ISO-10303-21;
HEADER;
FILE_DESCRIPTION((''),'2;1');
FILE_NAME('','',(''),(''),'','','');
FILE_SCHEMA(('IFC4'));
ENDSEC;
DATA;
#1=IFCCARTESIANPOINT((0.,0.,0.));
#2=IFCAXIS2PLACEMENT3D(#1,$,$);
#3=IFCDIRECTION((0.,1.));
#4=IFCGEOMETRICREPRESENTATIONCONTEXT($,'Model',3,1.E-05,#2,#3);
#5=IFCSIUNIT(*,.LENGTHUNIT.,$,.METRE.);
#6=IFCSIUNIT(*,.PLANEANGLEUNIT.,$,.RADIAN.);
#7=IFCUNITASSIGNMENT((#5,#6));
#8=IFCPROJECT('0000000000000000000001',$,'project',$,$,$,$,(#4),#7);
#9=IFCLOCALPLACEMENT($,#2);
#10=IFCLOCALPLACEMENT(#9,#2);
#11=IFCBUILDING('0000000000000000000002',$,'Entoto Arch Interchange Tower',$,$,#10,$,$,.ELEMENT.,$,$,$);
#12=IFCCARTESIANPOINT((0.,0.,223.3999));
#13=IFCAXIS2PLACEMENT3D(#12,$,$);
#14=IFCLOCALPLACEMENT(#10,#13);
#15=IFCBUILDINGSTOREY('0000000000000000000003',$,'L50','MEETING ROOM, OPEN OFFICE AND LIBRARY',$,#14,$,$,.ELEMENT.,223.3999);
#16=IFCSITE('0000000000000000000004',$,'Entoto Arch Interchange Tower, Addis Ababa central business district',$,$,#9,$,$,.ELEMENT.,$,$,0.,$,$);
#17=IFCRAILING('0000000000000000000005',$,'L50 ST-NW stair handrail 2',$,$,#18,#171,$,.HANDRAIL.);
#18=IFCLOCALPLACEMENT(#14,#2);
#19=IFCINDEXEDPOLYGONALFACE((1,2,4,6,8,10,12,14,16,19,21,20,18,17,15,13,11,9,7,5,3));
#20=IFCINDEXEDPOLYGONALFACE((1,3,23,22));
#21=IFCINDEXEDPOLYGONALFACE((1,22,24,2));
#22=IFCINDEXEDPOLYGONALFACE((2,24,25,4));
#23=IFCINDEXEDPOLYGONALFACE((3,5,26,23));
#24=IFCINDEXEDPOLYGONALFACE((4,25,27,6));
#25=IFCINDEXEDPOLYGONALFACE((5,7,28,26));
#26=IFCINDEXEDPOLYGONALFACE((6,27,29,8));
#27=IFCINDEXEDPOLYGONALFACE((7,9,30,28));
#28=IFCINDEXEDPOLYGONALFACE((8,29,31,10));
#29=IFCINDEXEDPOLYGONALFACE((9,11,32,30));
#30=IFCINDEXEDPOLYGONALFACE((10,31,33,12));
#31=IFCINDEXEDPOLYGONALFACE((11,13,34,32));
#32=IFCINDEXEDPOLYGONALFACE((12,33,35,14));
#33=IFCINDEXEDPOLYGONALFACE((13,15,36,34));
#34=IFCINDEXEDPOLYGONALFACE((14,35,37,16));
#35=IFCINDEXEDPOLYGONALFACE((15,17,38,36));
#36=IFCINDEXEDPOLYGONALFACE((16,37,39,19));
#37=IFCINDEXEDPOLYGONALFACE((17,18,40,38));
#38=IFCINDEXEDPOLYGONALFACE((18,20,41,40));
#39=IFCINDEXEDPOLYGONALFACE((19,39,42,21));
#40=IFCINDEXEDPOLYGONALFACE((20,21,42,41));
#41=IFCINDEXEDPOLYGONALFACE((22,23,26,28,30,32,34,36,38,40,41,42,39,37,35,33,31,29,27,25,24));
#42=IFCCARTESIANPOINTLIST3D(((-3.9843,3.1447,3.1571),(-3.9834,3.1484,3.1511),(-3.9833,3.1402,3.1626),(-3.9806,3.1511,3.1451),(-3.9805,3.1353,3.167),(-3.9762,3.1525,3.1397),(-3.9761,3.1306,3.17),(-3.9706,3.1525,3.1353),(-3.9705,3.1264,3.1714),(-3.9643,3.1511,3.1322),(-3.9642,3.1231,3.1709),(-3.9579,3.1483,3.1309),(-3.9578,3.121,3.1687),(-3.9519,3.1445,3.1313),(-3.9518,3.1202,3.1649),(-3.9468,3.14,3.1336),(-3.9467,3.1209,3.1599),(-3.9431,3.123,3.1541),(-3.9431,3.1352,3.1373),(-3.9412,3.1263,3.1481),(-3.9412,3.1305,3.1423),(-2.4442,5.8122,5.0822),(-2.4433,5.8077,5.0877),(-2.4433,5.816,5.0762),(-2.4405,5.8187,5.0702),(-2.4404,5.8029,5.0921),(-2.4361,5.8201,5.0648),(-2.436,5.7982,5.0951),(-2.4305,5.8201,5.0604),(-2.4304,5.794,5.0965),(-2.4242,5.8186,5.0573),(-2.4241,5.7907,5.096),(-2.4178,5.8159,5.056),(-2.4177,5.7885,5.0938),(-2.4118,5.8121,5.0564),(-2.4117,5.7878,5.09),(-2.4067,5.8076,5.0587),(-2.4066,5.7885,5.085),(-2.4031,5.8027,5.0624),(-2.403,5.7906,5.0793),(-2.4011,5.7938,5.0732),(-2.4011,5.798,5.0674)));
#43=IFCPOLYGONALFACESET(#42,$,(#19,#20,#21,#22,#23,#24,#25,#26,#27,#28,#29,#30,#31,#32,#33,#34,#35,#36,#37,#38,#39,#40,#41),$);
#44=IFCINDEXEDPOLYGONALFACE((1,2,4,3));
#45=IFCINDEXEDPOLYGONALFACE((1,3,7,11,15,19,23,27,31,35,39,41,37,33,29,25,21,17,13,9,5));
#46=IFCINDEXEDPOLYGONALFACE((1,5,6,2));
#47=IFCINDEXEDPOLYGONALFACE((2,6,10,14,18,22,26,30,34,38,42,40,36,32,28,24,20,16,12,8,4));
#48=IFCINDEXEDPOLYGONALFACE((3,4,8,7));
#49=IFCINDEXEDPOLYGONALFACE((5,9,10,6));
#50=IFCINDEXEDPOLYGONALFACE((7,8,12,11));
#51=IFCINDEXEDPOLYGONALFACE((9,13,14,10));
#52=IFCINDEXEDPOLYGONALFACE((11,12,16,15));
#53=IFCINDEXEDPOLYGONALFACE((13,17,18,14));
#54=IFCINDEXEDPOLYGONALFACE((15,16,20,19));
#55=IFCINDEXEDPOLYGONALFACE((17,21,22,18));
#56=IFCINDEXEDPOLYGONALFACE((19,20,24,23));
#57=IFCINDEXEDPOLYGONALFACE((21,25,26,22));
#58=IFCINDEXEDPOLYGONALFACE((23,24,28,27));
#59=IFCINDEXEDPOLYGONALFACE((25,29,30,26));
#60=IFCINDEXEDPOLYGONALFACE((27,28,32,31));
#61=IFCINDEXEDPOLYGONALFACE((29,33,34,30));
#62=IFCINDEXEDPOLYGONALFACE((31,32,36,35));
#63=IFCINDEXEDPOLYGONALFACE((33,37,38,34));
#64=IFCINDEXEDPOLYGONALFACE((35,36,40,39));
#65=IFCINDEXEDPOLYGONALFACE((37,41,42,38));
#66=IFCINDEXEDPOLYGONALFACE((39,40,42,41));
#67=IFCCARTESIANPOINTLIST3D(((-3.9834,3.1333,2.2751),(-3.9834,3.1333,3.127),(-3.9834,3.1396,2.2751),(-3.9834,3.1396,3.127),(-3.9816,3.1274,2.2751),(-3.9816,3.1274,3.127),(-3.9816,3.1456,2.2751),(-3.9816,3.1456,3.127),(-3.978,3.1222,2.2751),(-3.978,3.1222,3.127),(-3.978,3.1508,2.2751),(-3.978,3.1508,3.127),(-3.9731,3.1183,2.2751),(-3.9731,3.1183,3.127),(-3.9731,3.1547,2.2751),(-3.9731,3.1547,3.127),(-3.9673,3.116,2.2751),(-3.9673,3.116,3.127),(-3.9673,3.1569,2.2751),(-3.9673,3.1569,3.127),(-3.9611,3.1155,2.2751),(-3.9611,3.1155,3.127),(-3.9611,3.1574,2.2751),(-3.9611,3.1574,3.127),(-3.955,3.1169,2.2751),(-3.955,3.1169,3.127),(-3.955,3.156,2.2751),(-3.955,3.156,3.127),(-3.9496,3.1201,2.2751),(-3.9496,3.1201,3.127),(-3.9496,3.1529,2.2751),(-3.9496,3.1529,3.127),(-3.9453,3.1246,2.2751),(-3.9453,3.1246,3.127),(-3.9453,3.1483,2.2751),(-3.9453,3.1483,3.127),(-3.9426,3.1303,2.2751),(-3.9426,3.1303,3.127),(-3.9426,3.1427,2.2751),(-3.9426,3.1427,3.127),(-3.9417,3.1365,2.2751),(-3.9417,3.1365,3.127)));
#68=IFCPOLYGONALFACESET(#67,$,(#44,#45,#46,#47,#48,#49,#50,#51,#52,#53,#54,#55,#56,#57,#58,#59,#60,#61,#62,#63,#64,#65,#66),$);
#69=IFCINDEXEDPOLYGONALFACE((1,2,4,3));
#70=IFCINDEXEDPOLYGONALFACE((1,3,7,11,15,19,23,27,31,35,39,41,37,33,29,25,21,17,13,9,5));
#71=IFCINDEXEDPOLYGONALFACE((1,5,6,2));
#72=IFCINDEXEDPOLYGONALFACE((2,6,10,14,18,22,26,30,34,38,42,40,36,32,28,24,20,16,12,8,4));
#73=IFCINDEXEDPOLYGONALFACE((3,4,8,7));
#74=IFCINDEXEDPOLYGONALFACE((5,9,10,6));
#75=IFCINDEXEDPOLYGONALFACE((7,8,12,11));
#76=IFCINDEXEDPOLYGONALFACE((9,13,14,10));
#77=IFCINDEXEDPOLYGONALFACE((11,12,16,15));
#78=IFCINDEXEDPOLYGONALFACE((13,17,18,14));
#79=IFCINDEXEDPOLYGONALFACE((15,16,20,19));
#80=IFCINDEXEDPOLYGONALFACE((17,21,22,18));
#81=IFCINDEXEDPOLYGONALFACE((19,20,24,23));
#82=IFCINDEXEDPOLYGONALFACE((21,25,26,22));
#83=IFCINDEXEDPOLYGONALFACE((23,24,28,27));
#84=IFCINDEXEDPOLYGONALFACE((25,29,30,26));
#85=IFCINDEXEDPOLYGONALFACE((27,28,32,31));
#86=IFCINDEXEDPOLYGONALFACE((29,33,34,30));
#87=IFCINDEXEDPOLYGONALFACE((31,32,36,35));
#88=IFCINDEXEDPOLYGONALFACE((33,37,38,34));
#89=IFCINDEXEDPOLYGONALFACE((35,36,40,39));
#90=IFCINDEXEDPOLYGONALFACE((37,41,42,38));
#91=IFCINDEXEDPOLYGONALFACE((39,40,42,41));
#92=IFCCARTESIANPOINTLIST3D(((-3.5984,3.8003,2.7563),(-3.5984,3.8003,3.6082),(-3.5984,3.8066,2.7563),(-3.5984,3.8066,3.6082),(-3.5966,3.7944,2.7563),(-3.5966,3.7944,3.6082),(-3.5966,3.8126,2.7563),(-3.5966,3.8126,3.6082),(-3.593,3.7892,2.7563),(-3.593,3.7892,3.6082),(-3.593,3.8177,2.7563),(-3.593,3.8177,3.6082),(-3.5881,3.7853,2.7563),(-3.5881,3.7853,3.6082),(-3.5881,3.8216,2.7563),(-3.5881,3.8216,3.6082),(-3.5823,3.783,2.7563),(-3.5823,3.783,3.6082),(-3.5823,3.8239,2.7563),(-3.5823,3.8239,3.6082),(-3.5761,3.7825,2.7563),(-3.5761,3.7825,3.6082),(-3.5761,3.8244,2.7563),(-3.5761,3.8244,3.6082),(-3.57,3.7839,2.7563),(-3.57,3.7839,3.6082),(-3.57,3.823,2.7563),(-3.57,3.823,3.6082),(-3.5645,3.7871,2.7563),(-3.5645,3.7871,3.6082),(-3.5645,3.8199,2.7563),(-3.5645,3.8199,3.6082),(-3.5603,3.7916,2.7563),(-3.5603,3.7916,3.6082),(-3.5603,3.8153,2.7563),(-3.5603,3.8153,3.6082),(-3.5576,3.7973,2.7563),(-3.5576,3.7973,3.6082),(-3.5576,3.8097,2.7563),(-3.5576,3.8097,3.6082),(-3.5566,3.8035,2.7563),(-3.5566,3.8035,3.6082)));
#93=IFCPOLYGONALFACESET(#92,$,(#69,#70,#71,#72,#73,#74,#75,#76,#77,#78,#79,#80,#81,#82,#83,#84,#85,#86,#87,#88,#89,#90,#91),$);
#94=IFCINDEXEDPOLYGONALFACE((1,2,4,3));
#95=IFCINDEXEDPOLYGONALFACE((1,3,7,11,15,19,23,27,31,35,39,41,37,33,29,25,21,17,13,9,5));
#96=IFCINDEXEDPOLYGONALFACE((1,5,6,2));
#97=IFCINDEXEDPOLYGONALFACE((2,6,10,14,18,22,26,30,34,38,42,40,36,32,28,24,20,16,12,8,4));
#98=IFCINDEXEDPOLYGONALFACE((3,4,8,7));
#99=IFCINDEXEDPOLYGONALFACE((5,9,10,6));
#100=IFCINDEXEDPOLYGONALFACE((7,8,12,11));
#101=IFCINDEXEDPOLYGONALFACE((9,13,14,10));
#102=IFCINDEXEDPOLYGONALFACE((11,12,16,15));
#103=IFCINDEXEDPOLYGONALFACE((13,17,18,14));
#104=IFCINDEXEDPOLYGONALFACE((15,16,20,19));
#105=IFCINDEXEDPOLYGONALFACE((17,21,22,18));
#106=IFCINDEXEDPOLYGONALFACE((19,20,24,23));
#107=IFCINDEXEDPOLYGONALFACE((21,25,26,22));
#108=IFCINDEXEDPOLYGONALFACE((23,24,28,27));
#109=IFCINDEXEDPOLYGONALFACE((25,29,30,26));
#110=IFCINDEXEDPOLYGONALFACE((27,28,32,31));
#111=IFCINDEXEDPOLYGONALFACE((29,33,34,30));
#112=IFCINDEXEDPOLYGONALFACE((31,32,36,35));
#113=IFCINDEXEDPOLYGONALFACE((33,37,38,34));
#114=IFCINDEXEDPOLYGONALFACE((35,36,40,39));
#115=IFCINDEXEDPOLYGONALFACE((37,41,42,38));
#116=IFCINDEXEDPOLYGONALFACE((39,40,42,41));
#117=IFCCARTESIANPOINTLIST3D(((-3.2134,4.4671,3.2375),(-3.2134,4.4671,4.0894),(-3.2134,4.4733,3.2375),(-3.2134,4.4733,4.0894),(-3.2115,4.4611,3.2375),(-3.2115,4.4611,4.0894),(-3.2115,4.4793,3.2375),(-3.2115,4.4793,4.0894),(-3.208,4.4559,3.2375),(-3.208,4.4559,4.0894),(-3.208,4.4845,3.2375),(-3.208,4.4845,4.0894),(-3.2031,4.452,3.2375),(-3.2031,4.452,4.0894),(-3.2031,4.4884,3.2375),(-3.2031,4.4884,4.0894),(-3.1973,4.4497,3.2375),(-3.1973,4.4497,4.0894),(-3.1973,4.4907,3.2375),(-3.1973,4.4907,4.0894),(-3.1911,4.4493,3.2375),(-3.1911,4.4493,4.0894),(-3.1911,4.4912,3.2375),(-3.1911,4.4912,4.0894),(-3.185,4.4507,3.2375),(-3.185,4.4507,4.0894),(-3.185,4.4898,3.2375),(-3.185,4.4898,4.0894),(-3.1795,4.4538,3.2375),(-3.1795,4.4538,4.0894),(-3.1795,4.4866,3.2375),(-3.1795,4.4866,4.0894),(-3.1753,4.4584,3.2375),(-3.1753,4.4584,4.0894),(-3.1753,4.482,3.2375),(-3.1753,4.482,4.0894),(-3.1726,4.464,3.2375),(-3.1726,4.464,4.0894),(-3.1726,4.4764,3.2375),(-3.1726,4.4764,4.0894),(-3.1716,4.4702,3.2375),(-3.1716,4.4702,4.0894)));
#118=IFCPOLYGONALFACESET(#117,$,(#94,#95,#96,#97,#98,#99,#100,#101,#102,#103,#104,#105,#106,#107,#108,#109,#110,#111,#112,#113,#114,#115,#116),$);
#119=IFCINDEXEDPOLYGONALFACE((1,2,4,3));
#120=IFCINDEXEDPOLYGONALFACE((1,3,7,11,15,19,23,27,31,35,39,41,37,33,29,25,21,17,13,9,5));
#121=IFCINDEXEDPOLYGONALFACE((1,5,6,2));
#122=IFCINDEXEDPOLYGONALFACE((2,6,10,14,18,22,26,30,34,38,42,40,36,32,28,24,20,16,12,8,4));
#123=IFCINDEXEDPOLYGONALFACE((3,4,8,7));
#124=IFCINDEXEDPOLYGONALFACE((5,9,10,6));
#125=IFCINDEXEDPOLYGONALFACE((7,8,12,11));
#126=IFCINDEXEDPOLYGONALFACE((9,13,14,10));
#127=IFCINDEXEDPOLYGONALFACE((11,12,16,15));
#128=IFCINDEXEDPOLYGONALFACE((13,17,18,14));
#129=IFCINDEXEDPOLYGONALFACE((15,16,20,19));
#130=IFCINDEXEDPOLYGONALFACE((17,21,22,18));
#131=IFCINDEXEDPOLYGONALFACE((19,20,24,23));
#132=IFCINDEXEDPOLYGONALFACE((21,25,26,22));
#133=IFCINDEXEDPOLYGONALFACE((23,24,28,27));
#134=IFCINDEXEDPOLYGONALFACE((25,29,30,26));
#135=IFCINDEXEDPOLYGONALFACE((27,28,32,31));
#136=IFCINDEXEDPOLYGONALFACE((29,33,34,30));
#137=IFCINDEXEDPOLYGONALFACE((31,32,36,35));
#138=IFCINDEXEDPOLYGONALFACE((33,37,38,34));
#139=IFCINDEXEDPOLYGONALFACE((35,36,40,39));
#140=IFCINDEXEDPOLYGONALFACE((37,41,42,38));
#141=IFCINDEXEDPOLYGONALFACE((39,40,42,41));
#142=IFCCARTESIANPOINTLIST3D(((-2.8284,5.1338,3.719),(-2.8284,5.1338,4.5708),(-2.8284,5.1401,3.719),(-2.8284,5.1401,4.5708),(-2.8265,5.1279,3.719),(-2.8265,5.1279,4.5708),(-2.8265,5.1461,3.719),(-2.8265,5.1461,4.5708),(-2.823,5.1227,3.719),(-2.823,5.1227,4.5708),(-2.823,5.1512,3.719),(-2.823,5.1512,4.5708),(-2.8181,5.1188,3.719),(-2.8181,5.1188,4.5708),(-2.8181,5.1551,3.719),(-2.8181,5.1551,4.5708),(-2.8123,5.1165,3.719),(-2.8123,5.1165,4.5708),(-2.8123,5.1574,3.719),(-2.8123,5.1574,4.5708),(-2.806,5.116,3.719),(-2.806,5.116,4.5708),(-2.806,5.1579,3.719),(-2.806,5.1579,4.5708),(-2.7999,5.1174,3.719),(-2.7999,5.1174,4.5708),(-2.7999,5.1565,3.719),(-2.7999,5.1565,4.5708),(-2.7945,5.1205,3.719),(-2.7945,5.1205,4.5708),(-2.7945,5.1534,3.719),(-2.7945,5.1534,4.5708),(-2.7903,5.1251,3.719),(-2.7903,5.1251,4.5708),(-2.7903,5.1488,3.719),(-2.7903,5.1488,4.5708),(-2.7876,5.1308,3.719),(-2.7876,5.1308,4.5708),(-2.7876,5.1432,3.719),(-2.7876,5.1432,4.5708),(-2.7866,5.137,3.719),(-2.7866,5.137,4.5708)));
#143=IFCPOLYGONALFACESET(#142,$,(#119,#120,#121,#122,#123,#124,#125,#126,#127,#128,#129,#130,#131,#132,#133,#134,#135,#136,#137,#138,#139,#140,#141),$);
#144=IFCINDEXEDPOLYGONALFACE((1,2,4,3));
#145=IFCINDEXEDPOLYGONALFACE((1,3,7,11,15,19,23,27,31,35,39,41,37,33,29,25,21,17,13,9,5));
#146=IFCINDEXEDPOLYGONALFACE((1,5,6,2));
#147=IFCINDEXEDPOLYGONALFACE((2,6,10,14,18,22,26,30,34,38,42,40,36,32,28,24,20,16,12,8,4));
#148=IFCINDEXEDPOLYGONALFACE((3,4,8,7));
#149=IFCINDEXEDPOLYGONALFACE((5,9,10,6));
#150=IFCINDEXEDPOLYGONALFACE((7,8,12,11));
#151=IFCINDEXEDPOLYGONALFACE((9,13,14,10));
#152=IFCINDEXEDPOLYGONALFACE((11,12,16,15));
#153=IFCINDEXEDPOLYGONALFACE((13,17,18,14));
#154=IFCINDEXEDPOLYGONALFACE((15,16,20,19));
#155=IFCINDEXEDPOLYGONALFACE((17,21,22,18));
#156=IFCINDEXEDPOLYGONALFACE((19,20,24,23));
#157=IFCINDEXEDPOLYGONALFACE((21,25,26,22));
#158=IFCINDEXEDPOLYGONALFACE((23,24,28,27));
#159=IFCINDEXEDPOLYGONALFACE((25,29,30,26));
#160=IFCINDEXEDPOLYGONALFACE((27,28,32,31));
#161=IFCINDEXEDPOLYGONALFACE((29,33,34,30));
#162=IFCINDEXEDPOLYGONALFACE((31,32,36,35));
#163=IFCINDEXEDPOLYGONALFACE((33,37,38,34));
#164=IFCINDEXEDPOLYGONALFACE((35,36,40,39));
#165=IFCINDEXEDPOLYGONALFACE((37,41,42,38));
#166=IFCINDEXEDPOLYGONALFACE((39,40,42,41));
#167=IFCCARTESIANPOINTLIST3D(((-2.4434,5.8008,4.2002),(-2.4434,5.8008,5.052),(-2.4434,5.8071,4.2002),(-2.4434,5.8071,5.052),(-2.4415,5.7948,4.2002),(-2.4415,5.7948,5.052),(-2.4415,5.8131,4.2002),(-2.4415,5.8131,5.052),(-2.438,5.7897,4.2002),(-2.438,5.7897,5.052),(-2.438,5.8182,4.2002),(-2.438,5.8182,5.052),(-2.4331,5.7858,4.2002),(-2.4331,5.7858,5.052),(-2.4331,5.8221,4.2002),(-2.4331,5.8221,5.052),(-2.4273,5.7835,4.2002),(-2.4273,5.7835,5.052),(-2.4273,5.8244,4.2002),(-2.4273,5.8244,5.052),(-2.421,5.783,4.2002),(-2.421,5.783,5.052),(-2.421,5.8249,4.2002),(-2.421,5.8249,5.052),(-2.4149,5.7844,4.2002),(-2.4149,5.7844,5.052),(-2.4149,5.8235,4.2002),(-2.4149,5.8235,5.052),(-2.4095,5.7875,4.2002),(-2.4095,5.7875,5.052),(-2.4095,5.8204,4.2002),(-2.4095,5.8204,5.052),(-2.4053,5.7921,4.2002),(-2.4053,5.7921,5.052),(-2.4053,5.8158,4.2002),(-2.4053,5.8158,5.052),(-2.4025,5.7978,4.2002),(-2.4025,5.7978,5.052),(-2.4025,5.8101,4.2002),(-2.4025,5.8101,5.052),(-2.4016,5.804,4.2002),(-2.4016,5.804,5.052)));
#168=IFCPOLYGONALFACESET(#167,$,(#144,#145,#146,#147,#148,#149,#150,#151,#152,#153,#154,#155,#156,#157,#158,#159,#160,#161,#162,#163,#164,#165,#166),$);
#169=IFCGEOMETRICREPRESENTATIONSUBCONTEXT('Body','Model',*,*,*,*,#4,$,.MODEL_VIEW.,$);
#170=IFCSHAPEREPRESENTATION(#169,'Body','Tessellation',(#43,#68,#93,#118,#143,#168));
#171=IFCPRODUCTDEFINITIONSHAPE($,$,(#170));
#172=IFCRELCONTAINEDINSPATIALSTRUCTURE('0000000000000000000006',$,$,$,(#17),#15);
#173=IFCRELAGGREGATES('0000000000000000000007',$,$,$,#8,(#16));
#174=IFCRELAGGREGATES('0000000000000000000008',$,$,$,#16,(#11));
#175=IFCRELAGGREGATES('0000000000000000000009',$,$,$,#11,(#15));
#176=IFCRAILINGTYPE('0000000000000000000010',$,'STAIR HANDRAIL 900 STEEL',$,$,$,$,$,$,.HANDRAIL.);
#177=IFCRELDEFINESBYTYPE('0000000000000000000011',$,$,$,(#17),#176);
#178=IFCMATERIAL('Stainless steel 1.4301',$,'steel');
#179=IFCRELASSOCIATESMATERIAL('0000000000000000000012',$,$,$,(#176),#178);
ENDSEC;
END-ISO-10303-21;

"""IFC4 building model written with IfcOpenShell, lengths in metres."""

from ifc_helpers import new_model, si_unit, direction, frame, origin, origin_2d, place, context, subcontext, project, spatial, circle, extrude, material, type_object, element, save


model = new_model("IFC4")

# Units and contexts
model_context = context("Model", 3, precision=1e-05, world=origin(), true_north=direction((0.0, 1.0)))
body_context = subcontext(model_context, "Body", "Model", "MODEL_VIEW")
ifc_project = project(units=[si_unit("LENGTHUNIT", "METRE"), si_unit("PLANEANGLEUNIT", "RADIAN")], contexts=[model_context])

# Site, building, storey
site_placement = place(None, origin())
site = spatial("IfcSite", under=ifc_project, at=site_placement, Name="Entoto Arch Interchange Tower, Addis Ababa central business district", CompositionType="ELEMENT", RefElevation=0.0)
building_placement = place(site_placement, origin())
building = spatial("IfcBuilding", under=site, at=building_placement, Name="Entoto Arch Interchange Tower", CompositionType="ELEMENT")
storey_placement = place(building_placement, frame((0.0, 0.0, 223.3999)))
storey = spatial("IfcBuildingStorey", under=building, at=storey_placement, Name="L50", Description="MEETING ROOM, OPEN OFFICE AND LIBRARY", CompositionType="ELEMENT", Elevation=223.3999)

# Railing
ifc_material_1 = material(Name="Stainless steel 1.4301", Category="steel")
railing_type_1 = type_object("IfcRailingType", Name="STAIR HANDRAIL 900 STEEL", PredefinedType="HANDRAIL", material=ifc_material_1)
railing_1_placement = place(storey_placement, frame((-3.9626, 3.1365, 2.2751)))
element("IfcRailing", 1, at=railing_1_placement, inside=storey, type_object=railing_type_1, Name="L50 ST-NW stair handrail 2", PredefinedType="HANDRAIL", context=body_context, shape_type="SweptSolid", body=[
    extrude(circle(Radius=0.0239, at=origin_2d()), frame((0.0, 0.0, 0.876), z_axis=(0.423994, 0.734395, 0.529993), x_axis=(-0.86603, 0.499992, 0.0)), (0.0, 0.0, 1.0), 3.6323),
    extrude(circle(Radius=0.021, at=origin_2d()), origin(), (0.0, 0.0, 1.0), 0.8518),
    extrude(circle(Radius=0.021, at=origin_2d()), frame((0.385, 0.667, 0.4812)), (0.0, 0.0, 1.0), 0.8518),
    extrude(circle(Radius=0.021, at=origin_2d()), frame((0.77, 1.3337, 0.9624)), (0.0, 0.0, 1.0), 0.8518),
    extrude(circle(Radius=0.021, at=origin_2d()), frame((1.155, 2.0005, 1.4438)), (0.0, 0.0, 1.0), 0.8518),
    extrude(circle(Radius=0.021, at=origin_2d()), frame((1.54, 2.6675, 1.925)), (0.0, 0.0, 1.0), 0.8518),
])

save(model, "model.ifc")
